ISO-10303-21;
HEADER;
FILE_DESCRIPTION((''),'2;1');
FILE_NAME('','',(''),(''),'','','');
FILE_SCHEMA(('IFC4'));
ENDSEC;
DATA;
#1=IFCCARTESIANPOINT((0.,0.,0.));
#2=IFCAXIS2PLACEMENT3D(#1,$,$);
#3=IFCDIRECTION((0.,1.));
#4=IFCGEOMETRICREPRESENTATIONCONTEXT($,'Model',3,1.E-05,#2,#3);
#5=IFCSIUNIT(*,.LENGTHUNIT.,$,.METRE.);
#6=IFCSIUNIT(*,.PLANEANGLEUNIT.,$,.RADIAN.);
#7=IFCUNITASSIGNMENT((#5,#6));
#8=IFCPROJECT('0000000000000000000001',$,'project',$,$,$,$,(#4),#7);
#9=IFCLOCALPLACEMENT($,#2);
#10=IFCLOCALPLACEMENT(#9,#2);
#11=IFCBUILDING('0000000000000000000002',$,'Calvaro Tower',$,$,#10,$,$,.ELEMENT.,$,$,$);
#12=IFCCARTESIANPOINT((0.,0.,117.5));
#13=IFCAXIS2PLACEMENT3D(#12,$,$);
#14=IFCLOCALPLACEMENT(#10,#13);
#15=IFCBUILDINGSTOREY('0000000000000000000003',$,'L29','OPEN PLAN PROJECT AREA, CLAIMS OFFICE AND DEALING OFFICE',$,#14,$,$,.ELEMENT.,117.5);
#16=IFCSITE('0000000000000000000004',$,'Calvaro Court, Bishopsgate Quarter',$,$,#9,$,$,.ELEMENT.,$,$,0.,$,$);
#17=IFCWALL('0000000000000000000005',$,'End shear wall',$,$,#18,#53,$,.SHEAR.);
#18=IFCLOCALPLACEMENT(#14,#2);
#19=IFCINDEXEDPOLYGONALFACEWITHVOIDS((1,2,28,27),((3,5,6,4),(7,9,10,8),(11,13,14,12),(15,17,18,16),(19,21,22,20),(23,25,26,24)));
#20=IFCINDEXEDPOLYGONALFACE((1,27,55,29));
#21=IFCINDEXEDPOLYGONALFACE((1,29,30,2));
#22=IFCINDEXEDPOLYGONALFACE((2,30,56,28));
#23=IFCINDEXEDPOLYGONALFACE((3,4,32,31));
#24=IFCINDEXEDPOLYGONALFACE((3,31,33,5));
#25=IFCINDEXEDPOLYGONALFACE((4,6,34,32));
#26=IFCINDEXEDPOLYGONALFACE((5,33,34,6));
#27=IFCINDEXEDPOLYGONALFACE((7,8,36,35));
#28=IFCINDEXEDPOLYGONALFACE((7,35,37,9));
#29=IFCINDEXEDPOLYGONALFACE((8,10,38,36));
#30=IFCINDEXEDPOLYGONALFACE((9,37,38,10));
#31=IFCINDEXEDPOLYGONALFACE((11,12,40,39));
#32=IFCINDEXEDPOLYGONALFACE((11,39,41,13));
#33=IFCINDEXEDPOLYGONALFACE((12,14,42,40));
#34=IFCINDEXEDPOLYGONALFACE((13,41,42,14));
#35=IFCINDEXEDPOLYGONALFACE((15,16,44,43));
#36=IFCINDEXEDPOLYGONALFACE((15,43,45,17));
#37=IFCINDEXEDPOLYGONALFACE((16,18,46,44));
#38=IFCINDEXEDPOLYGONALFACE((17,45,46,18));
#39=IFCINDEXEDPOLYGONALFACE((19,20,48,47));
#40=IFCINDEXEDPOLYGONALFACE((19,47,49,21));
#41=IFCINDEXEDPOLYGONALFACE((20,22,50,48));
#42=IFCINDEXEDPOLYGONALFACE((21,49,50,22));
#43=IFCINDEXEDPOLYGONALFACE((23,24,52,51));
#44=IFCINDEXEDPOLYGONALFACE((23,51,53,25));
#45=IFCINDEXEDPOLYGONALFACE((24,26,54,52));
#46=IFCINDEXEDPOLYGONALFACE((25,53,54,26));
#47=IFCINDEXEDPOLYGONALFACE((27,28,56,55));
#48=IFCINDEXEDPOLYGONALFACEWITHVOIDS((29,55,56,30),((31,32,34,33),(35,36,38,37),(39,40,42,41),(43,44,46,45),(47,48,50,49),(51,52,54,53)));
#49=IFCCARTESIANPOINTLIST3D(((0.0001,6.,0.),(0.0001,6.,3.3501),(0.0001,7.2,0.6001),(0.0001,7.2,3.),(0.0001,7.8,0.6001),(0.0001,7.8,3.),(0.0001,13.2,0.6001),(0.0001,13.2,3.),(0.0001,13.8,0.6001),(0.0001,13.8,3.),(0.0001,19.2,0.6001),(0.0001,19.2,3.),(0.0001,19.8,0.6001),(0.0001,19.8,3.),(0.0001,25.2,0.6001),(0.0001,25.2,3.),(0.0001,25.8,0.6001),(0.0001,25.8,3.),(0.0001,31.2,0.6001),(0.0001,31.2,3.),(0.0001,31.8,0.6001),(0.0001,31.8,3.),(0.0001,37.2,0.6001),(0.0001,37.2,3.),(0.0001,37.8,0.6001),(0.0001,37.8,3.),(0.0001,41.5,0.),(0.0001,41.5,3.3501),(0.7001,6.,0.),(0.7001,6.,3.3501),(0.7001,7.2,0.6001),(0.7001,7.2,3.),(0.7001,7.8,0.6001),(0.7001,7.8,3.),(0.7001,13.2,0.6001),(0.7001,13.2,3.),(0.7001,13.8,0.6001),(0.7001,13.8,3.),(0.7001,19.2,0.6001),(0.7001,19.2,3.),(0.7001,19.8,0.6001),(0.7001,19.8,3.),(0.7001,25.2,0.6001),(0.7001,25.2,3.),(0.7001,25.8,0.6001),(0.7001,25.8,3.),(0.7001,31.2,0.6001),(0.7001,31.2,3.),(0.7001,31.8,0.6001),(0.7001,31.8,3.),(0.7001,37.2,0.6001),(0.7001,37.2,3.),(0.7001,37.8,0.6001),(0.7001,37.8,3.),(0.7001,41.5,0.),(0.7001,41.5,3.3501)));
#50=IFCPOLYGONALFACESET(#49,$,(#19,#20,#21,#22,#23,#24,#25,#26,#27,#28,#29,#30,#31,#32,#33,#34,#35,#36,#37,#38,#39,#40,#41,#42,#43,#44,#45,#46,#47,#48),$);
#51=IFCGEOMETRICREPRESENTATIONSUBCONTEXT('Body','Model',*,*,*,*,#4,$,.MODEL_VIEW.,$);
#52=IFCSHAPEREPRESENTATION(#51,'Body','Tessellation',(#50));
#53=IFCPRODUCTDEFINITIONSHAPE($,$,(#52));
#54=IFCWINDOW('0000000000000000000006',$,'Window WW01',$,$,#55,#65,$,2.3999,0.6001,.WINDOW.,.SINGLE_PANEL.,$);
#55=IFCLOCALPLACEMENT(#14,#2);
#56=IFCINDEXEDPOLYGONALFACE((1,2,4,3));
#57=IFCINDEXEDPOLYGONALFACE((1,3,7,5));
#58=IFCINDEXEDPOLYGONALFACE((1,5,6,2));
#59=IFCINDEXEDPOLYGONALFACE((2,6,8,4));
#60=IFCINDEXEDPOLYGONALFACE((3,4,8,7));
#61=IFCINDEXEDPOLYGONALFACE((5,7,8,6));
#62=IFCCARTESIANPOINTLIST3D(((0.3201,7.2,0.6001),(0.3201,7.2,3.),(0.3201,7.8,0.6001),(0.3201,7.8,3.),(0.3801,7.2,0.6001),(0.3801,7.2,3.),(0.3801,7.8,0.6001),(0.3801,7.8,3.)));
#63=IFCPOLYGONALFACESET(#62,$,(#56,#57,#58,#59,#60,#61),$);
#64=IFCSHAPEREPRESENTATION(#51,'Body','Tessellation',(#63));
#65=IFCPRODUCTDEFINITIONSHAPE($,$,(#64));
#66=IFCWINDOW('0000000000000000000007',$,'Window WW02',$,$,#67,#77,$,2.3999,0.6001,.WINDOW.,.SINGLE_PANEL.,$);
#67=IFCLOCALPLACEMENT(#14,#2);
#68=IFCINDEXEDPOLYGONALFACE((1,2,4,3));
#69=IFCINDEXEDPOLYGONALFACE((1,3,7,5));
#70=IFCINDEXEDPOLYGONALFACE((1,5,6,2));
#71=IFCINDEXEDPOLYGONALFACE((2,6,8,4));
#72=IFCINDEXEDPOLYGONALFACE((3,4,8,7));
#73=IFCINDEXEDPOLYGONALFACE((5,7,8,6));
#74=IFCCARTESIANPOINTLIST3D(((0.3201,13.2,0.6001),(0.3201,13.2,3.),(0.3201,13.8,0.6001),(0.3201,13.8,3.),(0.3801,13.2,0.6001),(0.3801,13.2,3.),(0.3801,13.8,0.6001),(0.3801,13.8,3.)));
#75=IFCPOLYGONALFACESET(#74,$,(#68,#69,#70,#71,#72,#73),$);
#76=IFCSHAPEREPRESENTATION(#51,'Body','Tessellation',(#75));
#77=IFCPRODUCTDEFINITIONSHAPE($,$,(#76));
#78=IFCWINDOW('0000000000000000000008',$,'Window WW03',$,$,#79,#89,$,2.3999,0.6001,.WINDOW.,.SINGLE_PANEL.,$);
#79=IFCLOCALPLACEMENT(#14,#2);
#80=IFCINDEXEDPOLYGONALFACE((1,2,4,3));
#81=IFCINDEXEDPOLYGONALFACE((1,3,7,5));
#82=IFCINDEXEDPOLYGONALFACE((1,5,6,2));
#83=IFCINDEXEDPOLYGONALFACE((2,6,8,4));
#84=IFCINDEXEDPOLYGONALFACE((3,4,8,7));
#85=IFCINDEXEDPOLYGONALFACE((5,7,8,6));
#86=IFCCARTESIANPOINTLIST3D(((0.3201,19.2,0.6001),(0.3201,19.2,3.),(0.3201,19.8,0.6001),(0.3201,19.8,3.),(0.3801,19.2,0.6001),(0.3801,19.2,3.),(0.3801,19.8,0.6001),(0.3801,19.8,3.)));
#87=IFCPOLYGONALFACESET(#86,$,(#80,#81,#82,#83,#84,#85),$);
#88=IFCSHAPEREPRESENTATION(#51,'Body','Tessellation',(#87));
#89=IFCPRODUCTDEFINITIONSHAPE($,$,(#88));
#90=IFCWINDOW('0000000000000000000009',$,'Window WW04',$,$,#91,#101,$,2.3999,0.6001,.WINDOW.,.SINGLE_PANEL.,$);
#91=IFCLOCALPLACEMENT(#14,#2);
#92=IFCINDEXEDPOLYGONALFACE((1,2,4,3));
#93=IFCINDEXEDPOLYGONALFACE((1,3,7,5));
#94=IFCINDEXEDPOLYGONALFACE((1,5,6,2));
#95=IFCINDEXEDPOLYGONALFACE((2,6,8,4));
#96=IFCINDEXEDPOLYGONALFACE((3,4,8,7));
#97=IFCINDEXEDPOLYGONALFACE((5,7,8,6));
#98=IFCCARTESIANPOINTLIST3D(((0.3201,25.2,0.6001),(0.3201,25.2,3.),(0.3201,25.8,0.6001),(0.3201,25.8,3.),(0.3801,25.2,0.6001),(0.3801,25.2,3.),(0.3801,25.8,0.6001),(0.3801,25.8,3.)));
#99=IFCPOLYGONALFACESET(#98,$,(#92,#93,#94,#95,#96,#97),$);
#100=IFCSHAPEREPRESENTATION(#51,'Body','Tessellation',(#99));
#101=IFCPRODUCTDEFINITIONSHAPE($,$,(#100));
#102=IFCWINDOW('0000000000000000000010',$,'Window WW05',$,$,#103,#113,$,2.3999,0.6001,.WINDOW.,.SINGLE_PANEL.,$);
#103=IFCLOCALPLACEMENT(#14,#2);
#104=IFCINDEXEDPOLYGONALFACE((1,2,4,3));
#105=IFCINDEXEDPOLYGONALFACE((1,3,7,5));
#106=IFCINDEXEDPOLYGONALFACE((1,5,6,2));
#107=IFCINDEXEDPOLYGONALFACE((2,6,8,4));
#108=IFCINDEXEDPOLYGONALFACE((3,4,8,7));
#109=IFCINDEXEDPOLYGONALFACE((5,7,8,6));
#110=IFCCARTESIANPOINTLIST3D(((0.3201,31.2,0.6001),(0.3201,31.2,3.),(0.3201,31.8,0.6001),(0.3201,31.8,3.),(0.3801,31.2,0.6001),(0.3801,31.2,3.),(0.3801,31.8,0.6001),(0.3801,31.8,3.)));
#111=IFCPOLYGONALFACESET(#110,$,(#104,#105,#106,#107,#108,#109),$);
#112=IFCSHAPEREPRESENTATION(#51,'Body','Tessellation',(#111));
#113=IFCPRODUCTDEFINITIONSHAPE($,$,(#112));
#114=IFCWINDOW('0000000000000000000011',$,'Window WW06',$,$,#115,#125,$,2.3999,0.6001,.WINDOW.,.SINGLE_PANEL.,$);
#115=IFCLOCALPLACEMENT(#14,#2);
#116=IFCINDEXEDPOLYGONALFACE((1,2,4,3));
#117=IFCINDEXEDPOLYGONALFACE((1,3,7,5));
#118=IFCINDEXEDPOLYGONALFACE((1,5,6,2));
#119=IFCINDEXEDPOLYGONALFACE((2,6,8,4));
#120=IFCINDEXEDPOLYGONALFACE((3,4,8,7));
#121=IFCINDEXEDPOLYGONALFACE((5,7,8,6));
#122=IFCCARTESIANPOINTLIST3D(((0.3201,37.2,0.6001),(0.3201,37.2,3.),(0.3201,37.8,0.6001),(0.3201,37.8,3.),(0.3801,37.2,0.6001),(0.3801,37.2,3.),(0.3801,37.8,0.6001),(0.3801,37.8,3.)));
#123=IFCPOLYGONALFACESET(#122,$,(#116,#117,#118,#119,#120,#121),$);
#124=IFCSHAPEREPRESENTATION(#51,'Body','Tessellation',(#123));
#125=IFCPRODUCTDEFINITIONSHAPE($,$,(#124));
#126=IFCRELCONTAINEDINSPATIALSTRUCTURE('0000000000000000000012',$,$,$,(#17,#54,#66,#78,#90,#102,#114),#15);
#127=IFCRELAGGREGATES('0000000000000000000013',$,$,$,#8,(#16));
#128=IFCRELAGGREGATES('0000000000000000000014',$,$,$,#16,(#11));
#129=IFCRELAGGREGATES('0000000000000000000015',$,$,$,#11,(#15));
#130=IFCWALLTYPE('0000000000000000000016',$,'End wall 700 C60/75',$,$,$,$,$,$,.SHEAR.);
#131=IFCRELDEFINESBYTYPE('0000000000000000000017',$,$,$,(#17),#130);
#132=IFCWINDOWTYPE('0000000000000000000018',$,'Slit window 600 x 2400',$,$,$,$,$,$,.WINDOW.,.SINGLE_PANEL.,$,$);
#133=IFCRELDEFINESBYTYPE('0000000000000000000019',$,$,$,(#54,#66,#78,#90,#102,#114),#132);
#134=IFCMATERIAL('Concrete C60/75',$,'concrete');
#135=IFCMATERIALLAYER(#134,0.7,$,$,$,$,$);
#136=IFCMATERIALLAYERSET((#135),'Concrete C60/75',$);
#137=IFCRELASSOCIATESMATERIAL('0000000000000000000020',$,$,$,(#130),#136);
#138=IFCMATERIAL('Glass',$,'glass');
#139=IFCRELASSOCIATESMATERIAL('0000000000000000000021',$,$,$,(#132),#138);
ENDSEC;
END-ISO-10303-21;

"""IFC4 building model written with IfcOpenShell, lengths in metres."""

from ifc_helpers import new_model, si_unit, direction, frame, frame_2d, origin, place, context, subcontext, project, spatial, rectangle, extrude, material, layer, layer_set, type_object, element, fill, save


model = new_model("IFC4")

# Units and contexts
model_context = context("Model", 3, precision=1e-05, world=origin(), true_north=direction((0.0, 1.0)))
body_context = subcontext(model_context, "Body", "Model", "MODEL_VIEW")
ifc_project = project(units=[si_unit("LENGTHUNIT", "METRE"), si_unit("PLANEANGLEUNIT", "RADIAN")], contexts=[model_context])

# Site, building, storey
site_placement = place(None, origin())
site = spatial("IfcSite", under=ifc_project, at=site_placement, Name="Calvaro Court, Bishopsgate Quarter", CompositionType="ELEMENT", RefElevation=0.0)
building_placement = place(site_placement, origin())
building = spatial("IfcBuilding", under=site, at=building_placement, Name="Calvaro Tower", CompositionType="ELEMENT")
storey_placement = place(building_placement, frame((0.0, 0.0, 117.5)))
storey = spatial("IfcBuildingStorey", under=building, at=storey_placement, Name="L29", Description="OPEN PLAN PROJECT AREA, CLAIMS OFFICE AND DEALING OFFICE", CompositionType="ELEMENT", Elevation=117.5)

# Wall, openings, windows
ifc_material_1 = material(Name="Concrete C60/75", Category="concrete")
ifc_layer_1 = layer(ifc_material_1, 0.7)
ifc_layer_set_1 = layer_set([ifc_layer_1], Name="Concrete C60/75")
wall_type = type_object("IfcWallType", Name="End wall 700 C60/75", PredefinedType="SHEAR", material=ifc_layer_set_1)
wall_placement = place(storey_placement, frame((0.3501, 6.0, 0.0), z_axis=(0.0, 0.0, 1.0), x_axis=(0.0, 1.0, 0.0)))
wall = element("IfcWall", 1, at=wall_placement, inside=storey, type_object=wall_type, Name="End shear wall", PredefinedType="SHEAR", context=body_context, shape_type="SweptSolid", body=[
    extrude(rectangle(XDim=35.5, YDim=0.7, at=frame_2d((17.75, 0.0))), origin(), (0.0, 0.0, 1.0), 3.3501),
])
opening_1_placement = place(wall_placement, frame((1.2, 0.0, 0.6001)))
opening_1 = element("IfcOpeningElement", 2, at=opening_1_placement, cuts=wall, PredefinedType="OPENING", context=body_context, shape_type="SweptSolid", body=[
    extrude(rectangle(XDim=0.6001, YDim=2.3999, at=frame_2d((0.3, 1.2))), frame((0.0, 0.3599, 0.0), z_axis=(0.0, -1.0, 0.0), x_axis=(1.0, 0.0, 0.0)), (0.0, 0.0, 1.0), 0.72),
])
opening_2_placement = place(wall_placement, frame((7.2, 0.0, 0.6001)))
opening_2 = element("IfcOpeningElement", 3, at=opening_2_placement, cuts=wall, PredefinedType="OPENING", context=body_context, shape_type="SweptSolid", body=[
    extrude(rectangle(XDim=0.6001, YDim=2.3999, at=frame_2d((0.3, 1.2))), frame((0.0, 0.3599, 0.0), z_axis=(0.0, -1.0, 0.0), x_axis=(1.0, 0.0, 0.0)), (0.0, 0.0, 1.0), 0.72),
])
opening_3_placement = place(wall_placement, frame((13.2, 0.0, 0.6001)))
opening_3 = element("IfcOpeningElement", 4, at=opening_3_placement, cuts=wall, PredefinedType="OPENING", context=body_context, shape_type="SweptSolid", body=[
    extrude(rectangle(XDim=0.6001, YDim=2.3999, at=frame_2d((0.3, 1.2))), frame((0.0, 0.3599, 0.0), z_axis=(0.0, -1.0, 0.0), x_axis=(1.0, 0.0, 0.0)), (0.0, 0.0, 1.0), 0.72),
])
opening_4_placement = place(wall_placement, frame((19.2, 0.0, 0.6001)))
opening_4 = element("IfcOpeningElement", 5, at=opening_4_placement, cuts=wall, PredefinedType="OPENING", context=body_context, shape_type="SweptSolid", body=[
    extrude(rectangle(XDim=0.6001, YDim=2.3999, at=frame_2d((0.3, 1.2))), frame((0.0, 0.3599, 0.0), z_axis=(0.0, -1.0, 0.0), x_axis=(1.0, 0.0, 0.0)), (0.0, 0.0, 1.0), 0.72),
])
opening_5_placement = place(wall_placement, frame((25.2, 0.0, 0.6001)))
opening_5 = element("IfcOpeningElement", 6, at=opening_5_placement, cuts=wall, PredefinedType="OPENING", context=body_context, shape_type="SweptSolid", body=[
    extrude(rectangle(XDim=0.6001, YDim=2.3999, at=frame_2d((0.3, 1.2))), frame((0.0, 0.3599, 0.0), z_axis=(0.0, -1.0, 0.0), x_axis=(1.0, 0.0, 0.0)), (0.0, 0.0, 1.0), 0.72),
])
opening_6_placement = place(wall_placement, frame((31.2, 0.0, 0.6001)))
opening_6 = element("IfcOpeningElement", 7, at=opening_6_placement, cuts=wall, PredefinedType="OPENING", context=body_context, shape_type="SweptSolid", body=[
    extrude(rectangle(XDim=0.6001, YDim=2.3999, at=frame_2d((0.3, 1.2))), frame((0.0, 0.3599, 0.0), z_axis=(0.0, -1.0, 0.0), x_axis=(1.0, 0.0, 0.0)), (0.0, 0.0, 1.0), 0.72),
])
ifc_material_2 = material(Name="Glass", Category="glass")
window_type = type_object("IfcWindowType", Name="Slit window 600 x 2400", PartitioningType="SINGLE_PANEL", PredefinedType="WINDOW", material=ifc_material_2)
window_1_placement = place(opening_1_placement, origin())
window_1 = element("IfcWindow", 8, at=window_1_placement, inside=storey, type_object=window_type, Name="Window WW01", OverallHeight=2.3999, OverallWidth=0.6001, PartitioningType="SINGLE_PANEL", PredefinedType="WINDOW", context=body_context, shape_type="SweptSolid", body=[
    extrude(rectangle(XDim=0.6001, YDim=2.3999, at=frame_2d((0.3, 1.2))), frame((0.0, 0.03, 0.0), z_axis=(0.0, -1.0, 0.0), x_axis=(1.0, 0.0, 0.0)), (0.0, 0.0, 1.0), 0.0601),
])
fill(opening_1, window_1)
window_2_placement = place(opening_2_placement, origin())
window_2 = element("IfcWindow", 9, at=window_2_placement, inside=storey, type_object=window_type, Name="Window WW02", OverallHeight=2.3999, OverallWidth=0.6001, PartitioningType="SINGLE_PANEL", PredefinedType="WINDOW", context=body_context, shape_type="SweptSolid", body=[
    extrude(rectangle(XDim=0.6001, YDim=2.3999, at=frame_2d((0.3, 1.2))), frame((0.0, 0.03, 0.0), z_axis=(0.0, -1.0, 0.0), x_axis=(1.0, 0.0, 0.0)), (0.0, 0.0, 1.0), 0.0601),
])
fill(opening_2, window_2)
window_3_placement = place(opening_3_placement, origin())
window_3 = element("IfcWindow", 10, at=window_3_placement, inside=storey, type_object=window_type, Name="Window WW03", OverallHeight=2.3999, OverallWidth=0.6001, PartitioningType="SINGLE_PANEL", PredefinedType="WINDOW", context=body_context, shape_type="SweptSolid", body=[
    extrude(rectangle(XDim=0.6001, YDim=2.3999, at=frame_2d((0.3, 1.2))), frame((0.0, 0.03, 0.0), z_axis=(0.0, -1.0, 0.0), x_axis=(1.0, 0.0, 0.0)), (0.0, 0.0, 1.0), 0.0601),
])
fill(opening_3, window_3)
window_4_placement = place(opening_4_placement, origin())
window_4 = element("IfcWindow", 11, at=window_4_placement, inside=storey, type_object=window_type, Name="Window WW04", OverallHeight=2.3999, OverallWidth=0.6001, PartitioningType="SINGLE_PANEL", PredefinedType="WINDOW", context=body_context, shape_type="SweptSolid", body=[
    extrude(rectangle(XDim=0.6001, YDim=2.3999, at=frame_2d((0.3, 1.2))), frame((0.0, 0.03, 0.0), z_axis=(0.0, -1.0, 0.0), x_axis=(1.0, 0.0, 0.0)), (0.0, 0.0, 1.0), 0.0601),
])
fill(opening_4, window_4)
window_5_placement = place(opening_5_placement, origin())
window_5 = element("IfcWindow", 12, at=window_5_placement, inside=storey, type_object=window_type, Name="Window WW05", OverallHeight=2.3999, OverallWidth=0.6001, PartitioningType="SINGLE_PANEL", PredefinedType="WINDOW", context=body_context, shape_type="SweptSolid", body=[
    extrude(rectangle(XDim=0.6001, YDim=2.3999, at=frame_2d((0.3, 1.2))), frame((0.0, 0.03, 0.0), z_axis=(0.0, -1.0, 0.0), x_axis=(1.0, 0.0, 0.0)), (0.0, 0.0, 1.0), 0.0601),
])
fill(opening_5, window_5)
window_6_placement = place(opening_6_placement, origin())
window_6 = element("IfcWindow", 13, at=window_6_placement, inside=storey, type_object=window_type, Name="Window WW06", OverallHeight=2.3999, OverallWidth=0.6001, PartitioningType="SINGLE_PANEL", PredefinedType="WINDOW", context=body_context, shape_type="SweptSolid", body=[
    extrude(rectangle(XDim=0.6001, YDim=2.3999, at=frame_2d((0.3, 1.2))), frame((0.0, 0.03, 0.0), z_axis=(0.0, -1.0, 0.0), x_axis=(1.0, 0.0, 0.0)), (0.0, 0.0, 1.0), 0.0601),
])
fill(opening_6, window_6)

save(model, "model.ifc")
